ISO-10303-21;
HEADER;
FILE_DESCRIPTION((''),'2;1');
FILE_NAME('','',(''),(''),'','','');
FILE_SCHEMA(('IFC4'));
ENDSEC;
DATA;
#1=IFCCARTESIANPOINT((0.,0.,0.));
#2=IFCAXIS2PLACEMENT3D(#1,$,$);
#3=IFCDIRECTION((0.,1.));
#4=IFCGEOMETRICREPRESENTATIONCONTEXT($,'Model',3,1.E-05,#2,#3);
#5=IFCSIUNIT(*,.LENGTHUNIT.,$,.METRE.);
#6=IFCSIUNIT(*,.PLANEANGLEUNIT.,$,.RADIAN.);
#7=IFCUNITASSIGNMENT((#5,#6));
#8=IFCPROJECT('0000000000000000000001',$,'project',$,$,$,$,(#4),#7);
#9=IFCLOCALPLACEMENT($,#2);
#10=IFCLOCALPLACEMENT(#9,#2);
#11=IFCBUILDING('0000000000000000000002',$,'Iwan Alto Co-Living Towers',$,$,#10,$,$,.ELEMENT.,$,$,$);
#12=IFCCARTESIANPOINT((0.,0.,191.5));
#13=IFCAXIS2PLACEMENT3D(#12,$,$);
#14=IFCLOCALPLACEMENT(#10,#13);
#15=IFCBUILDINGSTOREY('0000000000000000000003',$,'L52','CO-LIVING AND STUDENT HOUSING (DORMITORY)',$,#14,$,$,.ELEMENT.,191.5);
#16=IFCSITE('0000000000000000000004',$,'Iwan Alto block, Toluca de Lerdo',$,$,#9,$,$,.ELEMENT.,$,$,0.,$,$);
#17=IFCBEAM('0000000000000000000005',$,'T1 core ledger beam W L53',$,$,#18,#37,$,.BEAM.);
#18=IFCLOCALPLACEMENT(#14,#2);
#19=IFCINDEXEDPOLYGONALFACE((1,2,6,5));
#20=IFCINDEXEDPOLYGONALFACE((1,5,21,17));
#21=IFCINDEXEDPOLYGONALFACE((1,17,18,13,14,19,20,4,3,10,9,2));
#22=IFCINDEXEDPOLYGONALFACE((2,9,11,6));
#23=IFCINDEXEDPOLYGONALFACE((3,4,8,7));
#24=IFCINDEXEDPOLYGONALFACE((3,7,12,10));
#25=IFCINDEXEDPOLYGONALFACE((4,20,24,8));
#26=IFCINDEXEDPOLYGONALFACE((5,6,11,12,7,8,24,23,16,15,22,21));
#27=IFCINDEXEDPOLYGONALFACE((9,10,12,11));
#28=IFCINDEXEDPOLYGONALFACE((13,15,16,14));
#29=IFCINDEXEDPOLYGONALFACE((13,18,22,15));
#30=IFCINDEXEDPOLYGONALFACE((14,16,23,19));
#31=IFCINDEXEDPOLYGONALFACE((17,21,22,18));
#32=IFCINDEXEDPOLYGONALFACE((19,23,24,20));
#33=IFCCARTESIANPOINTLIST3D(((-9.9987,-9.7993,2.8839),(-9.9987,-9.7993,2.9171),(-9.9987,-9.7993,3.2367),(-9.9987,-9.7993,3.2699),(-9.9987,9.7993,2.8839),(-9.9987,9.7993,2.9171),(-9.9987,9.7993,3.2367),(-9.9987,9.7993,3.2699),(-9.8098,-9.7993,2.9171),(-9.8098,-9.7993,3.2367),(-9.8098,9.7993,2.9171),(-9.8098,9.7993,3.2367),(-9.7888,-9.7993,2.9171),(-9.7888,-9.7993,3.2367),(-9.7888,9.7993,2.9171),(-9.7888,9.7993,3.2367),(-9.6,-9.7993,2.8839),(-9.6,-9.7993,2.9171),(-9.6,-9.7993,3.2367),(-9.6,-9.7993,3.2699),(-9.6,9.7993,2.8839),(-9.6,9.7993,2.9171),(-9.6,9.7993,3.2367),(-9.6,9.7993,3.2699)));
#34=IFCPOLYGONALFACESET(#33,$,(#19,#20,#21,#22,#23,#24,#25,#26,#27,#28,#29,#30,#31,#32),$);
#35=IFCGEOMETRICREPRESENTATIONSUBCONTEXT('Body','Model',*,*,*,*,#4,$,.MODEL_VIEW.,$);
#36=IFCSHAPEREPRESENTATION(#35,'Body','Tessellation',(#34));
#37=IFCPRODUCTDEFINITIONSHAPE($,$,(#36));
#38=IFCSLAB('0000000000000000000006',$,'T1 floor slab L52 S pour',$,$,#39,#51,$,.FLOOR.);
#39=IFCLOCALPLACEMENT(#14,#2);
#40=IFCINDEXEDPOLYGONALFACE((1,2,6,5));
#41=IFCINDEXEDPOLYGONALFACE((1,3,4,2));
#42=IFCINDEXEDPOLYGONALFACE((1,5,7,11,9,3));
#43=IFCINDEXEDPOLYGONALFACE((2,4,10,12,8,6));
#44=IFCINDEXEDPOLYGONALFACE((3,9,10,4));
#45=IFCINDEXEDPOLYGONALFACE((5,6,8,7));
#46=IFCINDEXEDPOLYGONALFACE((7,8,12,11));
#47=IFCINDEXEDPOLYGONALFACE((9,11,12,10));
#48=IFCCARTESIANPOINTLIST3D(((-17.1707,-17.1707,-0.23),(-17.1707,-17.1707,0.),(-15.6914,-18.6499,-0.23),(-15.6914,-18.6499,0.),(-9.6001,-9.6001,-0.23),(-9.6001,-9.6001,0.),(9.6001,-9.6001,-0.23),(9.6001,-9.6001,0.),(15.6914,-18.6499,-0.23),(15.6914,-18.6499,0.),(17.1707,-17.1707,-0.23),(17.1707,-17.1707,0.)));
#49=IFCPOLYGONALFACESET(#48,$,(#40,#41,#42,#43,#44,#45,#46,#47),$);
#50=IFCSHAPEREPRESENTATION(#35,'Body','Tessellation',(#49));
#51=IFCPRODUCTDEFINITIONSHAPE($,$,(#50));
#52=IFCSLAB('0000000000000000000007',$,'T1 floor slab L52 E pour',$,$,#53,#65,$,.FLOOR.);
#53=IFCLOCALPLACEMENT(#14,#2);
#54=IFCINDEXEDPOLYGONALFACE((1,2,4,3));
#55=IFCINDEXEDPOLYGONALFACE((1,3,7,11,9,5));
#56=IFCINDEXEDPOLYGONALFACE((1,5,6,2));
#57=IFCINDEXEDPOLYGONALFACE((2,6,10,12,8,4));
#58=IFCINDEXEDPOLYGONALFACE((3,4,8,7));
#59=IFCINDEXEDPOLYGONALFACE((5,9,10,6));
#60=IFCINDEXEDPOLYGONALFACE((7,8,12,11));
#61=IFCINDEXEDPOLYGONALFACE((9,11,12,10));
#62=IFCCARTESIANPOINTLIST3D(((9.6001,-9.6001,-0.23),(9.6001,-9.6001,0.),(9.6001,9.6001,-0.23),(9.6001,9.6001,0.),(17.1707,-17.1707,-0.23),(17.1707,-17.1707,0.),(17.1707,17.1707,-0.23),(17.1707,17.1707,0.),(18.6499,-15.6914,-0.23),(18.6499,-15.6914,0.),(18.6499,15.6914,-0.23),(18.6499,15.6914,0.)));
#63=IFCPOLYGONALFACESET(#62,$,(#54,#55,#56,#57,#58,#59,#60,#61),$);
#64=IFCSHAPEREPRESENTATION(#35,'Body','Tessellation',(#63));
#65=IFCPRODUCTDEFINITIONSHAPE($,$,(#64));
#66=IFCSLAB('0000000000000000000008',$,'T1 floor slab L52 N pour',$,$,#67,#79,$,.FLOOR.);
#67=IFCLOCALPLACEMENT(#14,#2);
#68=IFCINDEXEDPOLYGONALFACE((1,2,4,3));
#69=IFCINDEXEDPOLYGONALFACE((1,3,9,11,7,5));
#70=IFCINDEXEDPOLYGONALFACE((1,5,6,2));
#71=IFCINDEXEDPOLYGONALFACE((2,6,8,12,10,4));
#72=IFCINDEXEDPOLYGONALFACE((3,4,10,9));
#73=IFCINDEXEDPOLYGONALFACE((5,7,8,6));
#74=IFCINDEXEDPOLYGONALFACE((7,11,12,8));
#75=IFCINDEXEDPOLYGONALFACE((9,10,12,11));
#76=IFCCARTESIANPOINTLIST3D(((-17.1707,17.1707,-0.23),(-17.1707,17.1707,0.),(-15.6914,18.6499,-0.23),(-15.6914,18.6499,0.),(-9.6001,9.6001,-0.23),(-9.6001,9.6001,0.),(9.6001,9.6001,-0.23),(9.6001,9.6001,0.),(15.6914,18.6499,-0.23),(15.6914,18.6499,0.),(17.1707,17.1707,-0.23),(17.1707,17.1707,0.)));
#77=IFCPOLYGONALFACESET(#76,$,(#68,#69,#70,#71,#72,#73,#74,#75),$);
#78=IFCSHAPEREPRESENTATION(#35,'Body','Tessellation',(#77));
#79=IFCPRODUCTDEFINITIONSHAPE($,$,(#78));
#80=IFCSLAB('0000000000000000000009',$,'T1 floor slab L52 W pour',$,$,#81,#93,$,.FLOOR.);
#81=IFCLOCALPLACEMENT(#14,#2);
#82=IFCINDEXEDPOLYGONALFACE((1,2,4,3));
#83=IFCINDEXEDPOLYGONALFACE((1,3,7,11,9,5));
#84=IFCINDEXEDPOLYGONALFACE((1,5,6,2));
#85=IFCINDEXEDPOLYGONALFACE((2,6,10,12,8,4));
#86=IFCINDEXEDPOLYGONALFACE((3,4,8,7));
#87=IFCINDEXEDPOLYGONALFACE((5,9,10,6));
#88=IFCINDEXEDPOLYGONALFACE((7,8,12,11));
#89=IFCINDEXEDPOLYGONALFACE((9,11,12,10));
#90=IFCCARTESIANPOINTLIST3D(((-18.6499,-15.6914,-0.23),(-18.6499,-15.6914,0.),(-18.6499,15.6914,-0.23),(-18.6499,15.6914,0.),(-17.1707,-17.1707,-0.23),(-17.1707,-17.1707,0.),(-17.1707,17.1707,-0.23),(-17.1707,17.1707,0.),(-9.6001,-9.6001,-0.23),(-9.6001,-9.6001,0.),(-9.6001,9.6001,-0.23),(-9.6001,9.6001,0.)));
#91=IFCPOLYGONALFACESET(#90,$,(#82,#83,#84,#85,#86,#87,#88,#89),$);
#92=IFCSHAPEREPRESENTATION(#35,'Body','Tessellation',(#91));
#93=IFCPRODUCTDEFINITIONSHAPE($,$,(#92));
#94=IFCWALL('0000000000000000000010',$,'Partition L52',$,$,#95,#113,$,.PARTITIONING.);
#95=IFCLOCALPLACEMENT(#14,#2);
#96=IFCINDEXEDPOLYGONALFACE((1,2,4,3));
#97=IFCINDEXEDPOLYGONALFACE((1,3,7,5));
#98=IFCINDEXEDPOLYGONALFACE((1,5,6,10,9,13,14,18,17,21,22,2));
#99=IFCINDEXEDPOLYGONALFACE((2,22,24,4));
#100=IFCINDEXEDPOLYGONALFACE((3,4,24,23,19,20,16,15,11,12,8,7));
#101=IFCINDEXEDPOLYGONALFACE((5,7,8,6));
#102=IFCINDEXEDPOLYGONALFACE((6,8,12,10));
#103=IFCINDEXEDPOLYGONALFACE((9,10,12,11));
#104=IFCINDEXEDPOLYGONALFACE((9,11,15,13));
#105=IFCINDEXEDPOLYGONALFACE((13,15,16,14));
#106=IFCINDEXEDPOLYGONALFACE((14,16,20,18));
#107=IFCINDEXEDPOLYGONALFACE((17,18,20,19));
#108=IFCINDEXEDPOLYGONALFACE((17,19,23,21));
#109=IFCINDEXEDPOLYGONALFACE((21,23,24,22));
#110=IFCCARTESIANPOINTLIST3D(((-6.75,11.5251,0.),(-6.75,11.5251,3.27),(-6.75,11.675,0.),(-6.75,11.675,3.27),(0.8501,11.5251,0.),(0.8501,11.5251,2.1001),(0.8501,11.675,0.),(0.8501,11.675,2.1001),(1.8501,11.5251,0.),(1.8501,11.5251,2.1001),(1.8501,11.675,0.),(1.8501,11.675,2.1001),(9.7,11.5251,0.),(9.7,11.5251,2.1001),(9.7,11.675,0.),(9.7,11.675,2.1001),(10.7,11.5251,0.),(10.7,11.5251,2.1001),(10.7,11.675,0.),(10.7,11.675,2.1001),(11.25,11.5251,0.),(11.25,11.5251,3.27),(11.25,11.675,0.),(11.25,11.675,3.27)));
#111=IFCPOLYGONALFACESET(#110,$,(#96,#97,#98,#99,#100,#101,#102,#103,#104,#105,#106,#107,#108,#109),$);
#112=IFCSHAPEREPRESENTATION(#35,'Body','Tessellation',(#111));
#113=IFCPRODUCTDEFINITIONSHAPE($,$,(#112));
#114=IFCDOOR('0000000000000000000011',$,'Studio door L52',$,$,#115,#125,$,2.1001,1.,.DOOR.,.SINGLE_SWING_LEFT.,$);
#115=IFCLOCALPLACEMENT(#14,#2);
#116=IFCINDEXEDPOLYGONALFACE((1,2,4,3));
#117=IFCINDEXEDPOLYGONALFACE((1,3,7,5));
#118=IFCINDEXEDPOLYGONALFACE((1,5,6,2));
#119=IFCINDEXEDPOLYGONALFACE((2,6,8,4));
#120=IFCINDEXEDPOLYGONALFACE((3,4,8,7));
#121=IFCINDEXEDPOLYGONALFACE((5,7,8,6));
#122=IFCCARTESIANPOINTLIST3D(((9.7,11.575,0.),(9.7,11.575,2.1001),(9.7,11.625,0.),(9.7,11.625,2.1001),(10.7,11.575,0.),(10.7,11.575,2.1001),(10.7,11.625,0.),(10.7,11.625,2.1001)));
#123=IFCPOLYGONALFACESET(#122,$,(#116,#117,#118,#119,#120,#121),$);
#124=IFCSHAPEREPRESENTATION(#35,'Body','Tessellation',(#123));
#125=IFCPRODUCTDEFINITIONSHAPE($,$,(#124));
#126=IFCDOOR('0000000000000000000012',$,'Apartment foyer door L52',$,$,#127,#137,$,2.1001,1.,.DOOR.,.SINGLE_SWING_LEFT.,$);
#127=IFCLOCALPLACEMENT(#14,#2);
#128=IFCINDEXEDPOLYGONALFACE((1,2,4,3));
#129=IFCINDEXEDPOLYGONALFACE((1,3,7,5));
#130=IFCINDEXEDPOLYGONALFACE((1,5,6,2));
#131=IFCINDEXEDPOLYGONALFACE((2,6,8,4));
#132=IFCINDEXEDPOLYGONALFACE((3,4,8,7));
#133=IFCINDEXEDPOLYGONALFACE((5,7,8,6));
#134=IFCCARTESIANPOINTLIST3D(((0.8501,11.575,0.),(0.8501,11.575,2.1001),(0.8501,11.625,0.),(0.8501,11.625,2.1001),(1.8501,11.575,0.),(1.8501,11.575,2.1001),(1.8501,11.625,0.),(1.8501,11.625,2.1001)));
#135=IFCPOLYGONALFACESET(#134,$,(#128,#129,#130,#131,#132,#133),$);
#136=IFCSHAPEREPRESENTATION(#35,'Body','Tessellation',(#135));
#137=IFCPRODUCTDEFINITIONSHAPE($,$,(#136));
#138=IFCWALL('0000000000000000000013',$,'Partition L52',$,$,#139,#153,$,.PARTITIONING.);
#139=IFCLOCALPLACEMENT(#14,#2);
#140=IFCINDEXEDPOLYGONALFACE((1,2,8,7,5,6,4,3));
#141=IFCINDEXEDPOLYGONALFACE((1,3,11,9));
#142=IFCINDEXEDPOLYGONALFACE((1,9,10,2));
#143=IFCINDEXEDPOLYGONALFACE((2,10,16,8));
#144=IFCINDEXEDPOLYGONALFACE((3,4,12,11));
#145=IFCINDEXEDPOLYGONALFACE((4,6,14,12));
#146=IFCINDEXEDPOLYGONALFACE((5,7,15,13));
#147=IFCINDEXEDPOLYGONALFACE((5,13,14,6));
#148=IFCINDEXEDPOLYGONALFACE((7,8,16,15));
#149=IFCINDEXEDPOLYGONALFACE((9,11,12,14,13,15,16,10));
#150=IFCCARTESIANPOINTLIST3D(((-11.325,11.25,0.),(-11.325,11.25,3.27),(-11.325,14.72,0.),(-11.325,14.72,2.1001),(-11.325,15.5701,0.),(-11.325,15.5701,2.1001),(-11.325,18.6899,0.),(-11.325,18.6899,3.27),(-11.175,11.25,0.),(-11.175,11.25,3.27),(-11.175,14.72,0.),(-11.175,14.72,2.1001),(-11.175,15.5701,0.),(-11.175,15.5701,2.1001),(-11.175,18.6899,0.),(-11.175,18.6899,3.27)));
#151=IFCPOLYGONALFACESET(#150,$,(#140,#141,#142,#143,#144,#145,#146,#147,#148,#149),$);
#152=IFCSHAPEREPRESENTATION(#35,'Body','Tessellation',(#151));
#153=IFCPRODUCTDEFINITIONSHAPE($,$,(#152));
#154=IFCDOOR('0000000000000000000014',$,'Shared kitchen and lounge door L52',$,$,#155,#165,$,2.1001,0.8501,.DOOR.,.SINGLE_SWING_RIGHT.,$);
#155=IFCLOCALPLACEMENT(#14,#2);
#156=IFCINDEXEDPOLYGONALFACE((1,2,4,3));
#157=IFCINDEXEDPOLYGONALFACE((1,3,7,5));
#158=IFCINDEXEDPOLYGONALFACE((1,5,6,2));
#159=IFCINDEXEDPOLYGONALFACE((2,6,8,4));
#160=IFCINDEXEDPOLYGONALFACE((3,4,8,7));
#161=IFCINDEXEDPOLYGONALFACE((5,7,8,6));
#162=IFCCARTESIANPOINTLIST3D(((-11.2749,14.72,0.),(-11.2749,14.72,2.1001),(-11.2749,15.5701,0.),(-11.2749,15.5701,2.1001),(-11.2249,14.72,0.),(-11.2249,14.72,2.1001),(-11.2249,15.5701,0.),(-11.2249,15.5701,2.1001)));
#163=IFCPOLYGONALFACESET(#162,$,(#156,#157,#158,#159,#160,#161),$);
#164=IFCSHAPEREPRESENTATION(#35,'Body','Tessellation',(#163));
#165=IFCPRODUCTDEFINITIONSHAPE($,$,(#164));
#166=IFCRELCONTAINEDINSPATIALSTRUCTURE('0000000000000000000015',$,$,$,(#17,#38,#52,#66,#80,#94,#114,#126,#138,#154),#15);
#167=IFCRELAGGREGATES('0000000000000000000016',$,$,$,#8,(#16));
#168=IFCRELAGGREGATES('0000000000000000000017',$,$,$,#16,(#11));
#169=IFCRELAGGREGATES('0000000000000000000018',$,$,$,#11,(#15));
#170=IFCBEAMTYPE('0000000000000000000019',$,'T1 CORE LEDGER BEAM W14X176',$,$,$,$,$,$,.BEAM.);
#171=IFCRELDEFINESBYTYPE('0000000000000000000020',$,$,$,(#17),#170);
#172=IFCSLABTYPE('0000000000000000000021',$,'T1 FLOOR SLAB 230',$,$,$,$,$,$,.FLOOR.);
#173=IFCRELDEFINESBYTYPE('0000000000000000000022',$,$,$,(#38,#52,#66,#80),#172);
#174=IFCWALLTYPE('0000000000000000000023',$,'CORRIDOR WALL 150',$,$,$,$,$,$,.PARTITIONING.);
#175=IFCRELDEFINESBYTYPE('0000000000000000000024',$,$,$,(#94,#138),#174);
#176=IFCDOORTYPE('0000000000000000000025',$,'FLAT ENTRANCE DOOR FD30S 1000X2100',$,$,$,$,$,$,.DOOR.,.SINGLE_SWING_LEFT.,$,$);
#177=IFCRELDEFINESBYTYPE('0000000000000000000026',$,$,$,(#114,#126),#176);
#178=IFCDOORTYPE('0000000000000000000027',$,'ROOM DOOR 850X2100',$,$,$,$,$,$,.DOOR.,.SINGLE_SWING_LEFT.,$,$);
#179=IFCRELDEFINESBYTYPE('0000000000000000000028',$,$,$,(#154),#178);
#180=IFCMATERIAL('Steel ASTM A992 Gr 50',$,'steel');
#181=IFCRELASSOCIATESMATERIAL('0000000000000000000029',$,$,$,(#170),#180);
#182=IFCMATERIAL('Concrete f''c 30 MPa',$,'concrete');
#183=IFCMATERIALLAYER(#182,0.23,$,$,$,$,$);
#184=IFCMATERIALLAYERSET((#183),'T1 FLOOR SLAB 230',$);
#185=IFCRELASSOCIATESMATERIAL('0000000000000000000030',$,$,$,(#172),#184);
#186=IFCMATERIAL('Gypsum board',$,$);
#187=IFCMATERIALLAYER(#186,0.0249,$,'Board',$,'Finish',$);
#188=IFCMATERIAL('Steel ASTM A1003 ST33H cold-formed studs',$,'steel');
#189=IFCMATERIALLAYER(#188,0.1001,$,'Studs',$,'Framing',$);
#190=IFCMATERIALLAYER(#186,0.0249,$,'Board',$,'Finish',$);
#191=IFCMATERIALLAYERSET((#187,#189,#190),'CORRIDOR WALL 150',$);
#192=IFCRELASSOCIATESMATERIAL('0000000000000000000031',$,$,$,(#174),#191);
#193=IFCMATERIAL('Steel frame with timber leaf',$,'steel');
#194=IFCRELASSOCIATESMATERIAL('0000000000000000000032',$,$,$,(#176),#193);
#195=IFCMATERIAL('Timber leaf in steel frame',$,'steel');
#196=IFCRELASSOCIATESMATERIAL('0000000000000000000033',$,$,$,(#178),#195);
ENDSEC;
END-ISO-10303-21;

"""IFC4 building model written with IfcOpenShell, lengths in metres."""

from ifc_helpers import new_model, si_unit, direction, frame, frame_2d, origin, origin_2d, place, context, subcontext, project, spatial, polyline, rectangle, i_section, outline, extrude, material, layer, layer_set, material_profile, profile_set, type_object, element, fill, save


model = new_model("IFC4")

# Units and contexts
model_context = context("Model", 3, precision=1e-05, world=origin(), true_north=direction((0.0, 1.0)))
body_context = subcontext(model_context, "Body", "Model", "MODEL_VIEW")
ifc_project = project(units=[si_unit("LENGTHUNIT", "METRE"), si_unit("PLANEANGLEUNIT", "RADIAN")], contexts=[model_context])

# Site, building, storey
site_placement = place(None, origin())
site = spatial("IfcSite", under=ifc_project, at=site_placement, Name="Iwan Alto block, Toluca de Lerdo", CompositionType="ELEMENT", RefElevation=0.0)
building_placement = place(site_placement, origin())
building = spatial("IfcBuilding", under=site, at=building_placement, Name="Iwan Alto Co-Living Towers", CompositionType="ELEMENT")
storey_placement = place(building_placement, frame((0.0, 0.0, 191.5)))
storey = spatial("IfcBuildingStorey", under=building, at=storey_placement, Name="L52", Description="CO-LIVING AND STUDENT HOUSING (DORMITORY)", CompositionType="ELEMENT", Elevation=191.5)

# Beam
ifc_material_1 = material(Name="Steel ASTM A992 Gr 50", Category="steel")
ifc_material_profile = material_profile(ifc_material_1, i_section(OverallWidth=0.3987, OverallDepth=0.386, WebThickness=0.021, FlangeThickness=0.0332, at=origin_2d()), Name="W14X176")
ifc_profile_set = profile_set([ifc_material_profile], Name="Steel ASTM A992 Gr 50")
beam_type = type_object("IfcBeamType", Name="T1 CORE LEDGER BEAM W14X176", PredefinedType="BEAM", material=ifc_profile_set)
beam_placement = place(storey_placement, frame((-9.7993, 9.7993, 3.0769), z_axis=(0.0, -1.0, 0.0), x_axis=(1.0, 0.0, 0.0)))
element("IfcBeam", 1, at=beam_placement, inside=storey, type_object=beam_type, Name="T1 core ledger beam W L53", PredefinedType="BEAM", context=body_context, shape_type="SweptSolid", body=[
    extrude(i_section(OverallWidth=0.3987, OverallDepth=0.386, WebThickness=0.021, FlangeThickness=0.0332, at=origin_2d()), origin(), (0.0, 0.0, 1.0), 19.5986),
])

# Slabs
ifc_material_2 = material(Name="Concrete f'c 30 MPa", Category="concrete")
ifc_layer_1 = layer(ifc_material_2, 0.23)
ifc_layer_set_1 = layer_set([ifc_layer_1], Name="T1 FLOOR SLAB 230")
slab_type = type_object("IfcSlabType", Name="T1 FLOOR SLAB 230", PredefinedType="FLOOR", material=ifc_layer_set_1)
slab_1_placement = place(storey_placement, frame((0.0, 0.0, -0.23)))
element("IfcSlab", 2, at=slab_1_placement, inside=storey, type_object=slab_type, Name="T1 floor slab L52 S pour", PredefinedType="FLOOR", context=body_context, shape_type="SweptSolid", body=[
    extrude(outline(polyline([(15.6914, -18.6499), (-15.6914, -18.6499), (-17.1707, -17.1707), (-9.6001, -9.6001), (9.6001, -9.6001), (17.1707, -17.1707), (15.6914, -18.6499)])), origin(), (0.0, 0.0, 1.0), 0.23),
])
slab_2_placement = place(storey_placement, frame((0.0, 0.0, -0.23)))
element("IfcSlab", 3, at=slab_2_placement, inside=storey, type_object=slab_type, Name="T1 floor slab L52 E pour", PredefinedType="FLOOR", context=body_context, shape_type="SweptSolid", body=[
    extrude(outline(polyline([(18.6499, 15.6914), (18.6499, -15.6914), (17.1707, -17.1707), (9.6001, -9.6001), (9.6001, 9.6001), (17.1707, 17.1707), (18.6499, 15.6914)])), origin(), (0.0, 0.0, 1.0), 0.23),
])
slab_3_placement = place(storey_placement, frame((0.0, 0.0, -0.23)))
element("IfcSlab", 4, at=slab_3_placement, inside=storey, type_object=slab_type, Name="T1 floor slab L52 N pour", PredefinedType="FLOOR", context=body_context, shape_type="SweptSolid", body=[
    extrude(outline(polyline([(-15.6914, 18.6499), (15.6914, 18.6499), (17.1707, 17.1707), (9.6001, 9.6001), (-9.6001, 9.6001), (-17.1707, 17.1707), (-15.6914, 18.6499)])), origin(), (0.0, 0.0, 1.0), 0.23),
])
slab_4_placement = place(storey_placement, frame((0.0, 0.0, -0.23)))
element("IfcSlab", 5, at=slab_4_placement, inside=storey, type_object=slab_type, Name="T1 floor slab L52 W pour", PredefinedType="FLOOR", context=body_context, shape_type="SweptSolid", body=[
    extrude(outline(polyline([(-18.6499, 15.6914), (-17.1707, 17.1707), (-9.6001, 9.6001), (-9.6001, -9.6001), (-17.1707, -17.1707), (-18.6499, -15.6914), (-18.6499, 15.6914)])), origin(), (0.0, 0.0, 1.0), 0.23),
])

# Wall, openings, doors
ifc_material_3 = material(Name="Gypsum board")
ifc_layer_2 = layer(ifc_material_3, 0.0249, Name="Board", Category="Finish")
ifc_material_4 = material(Name="Steel ASTM A1003 ST33H cold-formed studs", Category="steel")
ifc_layer_3 = layer(ifc_material_4, 0.1001, Name="Studs", Category="Framing")
ifc_layer_4 = layer(ifc_material_3, 0.0249, Name="Board", Category="Finish")
ifc_layer_set_2 = layer_set([ifc_layer_2, ifc_layer_3, ifc_layer_4], Name="CORRIDOR WALL 150")
wall_type_1 = type_object("IfcWallType", Name="CORRIDOR WALL 150", PredefinedType="PARTITIONING", material=ifc_layer_set_2)
wall_1_placement = place(storey_placement, frame((-6.75, 11.6001, 0.0), z_axis=(0.0, 0.0, 1.0), x_axis=(1.0, 0.0, 0.0)))
wall_1 = element("IfcWall", 6, at=wall_1_placement, inside=storey, type_object=wall_type_1, Name="Partition L52", PredefinedType="PARTITIONING", context=body_context, shape_type="SweptSolid", body=[
    extrude(rectangle(XDim=18.0, YDim=0.1499, at=frame_2d((9.0, 0.0))), origin(), (0.0, 0.0, 1.0), 3.27),
])
opening_1_placement = place(wall_1_placement, frame((16.45, 0.0, 0.0)))
opening_1 = element("IfcOpeningElement", 7, at=opening_1_placement, cuts=wall_1, PredefinedType="OPENING", context=body_context, shape_type="SweptSolid", body=[
    extrude(rectangle(XDim=1.0, YDim=2.1001, at=frame_2d((0.5, 1.05))), frame((0.0, 0.085, 0.0), z_axis=(0.0, -1.0, 0.0), x_axis=(1.0, 0.0, 0.0)), (0.0, 0.0, 1.0), 0.1699),
])
opening_2_placement = place(wall_1_placement, frame((7.6001, 0.0, 0.0)))
opening_2 = element("IfcOpeningElement", 8, at=opening_2_placement, cuts=wall_1, PredefinedType="OPENING", context=body_context, shape_type="SweptSolid", body=[
    extrude(rectangle(XDim=1.0, YDim=2.1001, at=frame_2d((0.5, 1.05))), frame((0.0, 0.085, 0.0), z_axis=(0.0, -1.0, 0.0), x_axis=(1.0, 0.0, 0.0)), (0.0, 0.0, 1.0), 0.1699),
])
ifc_material_5 = material(Name="Steel frame with timber leaf", Category="steel")
door_type_1 = type_object("IfcDoorType", Name="FLAT ENTRANCE DOOR FD30S 1000X2100", OperationType="SINGLE_SWING_LEFT", PredefinedType="DOOR", material=ifc_material_5)
door_1_placement = place(opening_1_placement, origin())
door_1 = element("IfcDoor", 9, at=door_1_placement, inside=storey, type_object=door_type_1, Name="Studio door L52", OperationType="SINGLE_SWING_LEFT", OverallHeight=2.1001, OverallWidth=1.0, PredefinedType="DOOR", context=body_context, shape_type="SweptSolid", body=[
    extrude(rectangle(XDim=1.0, YDim=2.1001, at=frame_2d((0.5, 1.05))), frame((0.0, 0.0249, 0.0), z_axis=(0.0, -1.0, 0.0), x_axis=(1.0, 0.0, 0.0)), (0.0, 0.0, 1.0), 0.05),
])
fill(opening_1, door_1)
door_2_placement = place(opening_2_placement, origin())
door_2 = element("IfcDoor", 10, at=door_2_placement, inside=storey, type_object=door_type_1, Name="Apartment foyer door L52", OperationType="SINGLE_SWING_LEFT", OverallHeight=2.1001, OverallWidth=1.0, PredefinedType="DOOR", context=body_context, shape_type="SweptSolid", body=[
    extrude(rectangle(XDim=1.0, YDim=2.1001, at=frame_2d((0.5, 1.05))), frame((0.0, 0.0249, 0.0), z_axis=(0.0, -1.0, 0.0), x_axis=(1.0, 0.0, 0.0)), (0.0, 0.0, 1.0), 0.05),
])
fill(opening_2, door_2)

# Wall, opening, door
wall_2_placement = place(storey_placement, frame((-11.25, 11.25, 0.0), z_axis=(0.0, 0.0, 1.0), x_axis=(0.0, 1.0, 0.0)))
wall_2 = element("IfcWall", 11, at=wall_2_placement, inside=storey, type_object=wall_type_1, Name="Partition L52", PredefinedType="PARTITIONING", context=body_context, shape_type="SweptSolid", body=[
    extrude(rectangle(XDim=7.4399, YDim=0.1499, at=frame_2d((3.72, 0.0))), origin(), (0.0, 0.0, 1.0), 3.27),
])
opening_3_placement = place(wall_2_placement, frame((3.47, 0.0, 0.0)))
opening_3 = element("IfcOpeningElement", 12, at=opening_3_placement, cuts=wall_2, PredefinedType="OPENING", context=body_context, shape_type="SweptSolid", body=[
    extrude(rectangle(XDim=0.8501, YDim=2.1001, at=frame_2d((0.425, 1.05))), frame((0.0, 0.085, 0.0), z_axis=(0.0, -1.0, 0.0), x_axis=(1.0, 0.0, 0.0)), (0.0, 0.0, 1.0), 0.1699),
])
ifc_material_6 = material(Name="Timber leaf in steel frame", Category="steel")
door_type_2 = type_object("IfcDoorType", Name="ROOM DOOR 850X2100", OperationType="SINGLE_SWING_LEFT", PredefinedType="DOOR", material=ifc_material_6)
door_3_placement = place(opening_3_placement, origin())
door_3 = element("IfcDoor", 13, at=door_3_placement, inside=storey, type_object=door_type_2, Name="Shared kitchen and lounge door L52", OperationType="SINGLE_SWING_RIGHT", OverallHeight=2.1001, OverallWidth=0.8501, PredefinedType="DOOR", context=body_context, shape_type="SweptSolid", body=[
    extrude(rectangle(XDim=0.8501, YDim=2.1001, at=frame_2d((0.425, 1.05))), frame((0.0, 0.0249, 0.0), z_axis=(0.0, -1.0, 0.0), x_axis=(1.0, 0.0, 0.0)), (0.0, 0.0, 1.0), 0.05),
])
fill(opening_3, door_3)

save(model, "model.ifc")
